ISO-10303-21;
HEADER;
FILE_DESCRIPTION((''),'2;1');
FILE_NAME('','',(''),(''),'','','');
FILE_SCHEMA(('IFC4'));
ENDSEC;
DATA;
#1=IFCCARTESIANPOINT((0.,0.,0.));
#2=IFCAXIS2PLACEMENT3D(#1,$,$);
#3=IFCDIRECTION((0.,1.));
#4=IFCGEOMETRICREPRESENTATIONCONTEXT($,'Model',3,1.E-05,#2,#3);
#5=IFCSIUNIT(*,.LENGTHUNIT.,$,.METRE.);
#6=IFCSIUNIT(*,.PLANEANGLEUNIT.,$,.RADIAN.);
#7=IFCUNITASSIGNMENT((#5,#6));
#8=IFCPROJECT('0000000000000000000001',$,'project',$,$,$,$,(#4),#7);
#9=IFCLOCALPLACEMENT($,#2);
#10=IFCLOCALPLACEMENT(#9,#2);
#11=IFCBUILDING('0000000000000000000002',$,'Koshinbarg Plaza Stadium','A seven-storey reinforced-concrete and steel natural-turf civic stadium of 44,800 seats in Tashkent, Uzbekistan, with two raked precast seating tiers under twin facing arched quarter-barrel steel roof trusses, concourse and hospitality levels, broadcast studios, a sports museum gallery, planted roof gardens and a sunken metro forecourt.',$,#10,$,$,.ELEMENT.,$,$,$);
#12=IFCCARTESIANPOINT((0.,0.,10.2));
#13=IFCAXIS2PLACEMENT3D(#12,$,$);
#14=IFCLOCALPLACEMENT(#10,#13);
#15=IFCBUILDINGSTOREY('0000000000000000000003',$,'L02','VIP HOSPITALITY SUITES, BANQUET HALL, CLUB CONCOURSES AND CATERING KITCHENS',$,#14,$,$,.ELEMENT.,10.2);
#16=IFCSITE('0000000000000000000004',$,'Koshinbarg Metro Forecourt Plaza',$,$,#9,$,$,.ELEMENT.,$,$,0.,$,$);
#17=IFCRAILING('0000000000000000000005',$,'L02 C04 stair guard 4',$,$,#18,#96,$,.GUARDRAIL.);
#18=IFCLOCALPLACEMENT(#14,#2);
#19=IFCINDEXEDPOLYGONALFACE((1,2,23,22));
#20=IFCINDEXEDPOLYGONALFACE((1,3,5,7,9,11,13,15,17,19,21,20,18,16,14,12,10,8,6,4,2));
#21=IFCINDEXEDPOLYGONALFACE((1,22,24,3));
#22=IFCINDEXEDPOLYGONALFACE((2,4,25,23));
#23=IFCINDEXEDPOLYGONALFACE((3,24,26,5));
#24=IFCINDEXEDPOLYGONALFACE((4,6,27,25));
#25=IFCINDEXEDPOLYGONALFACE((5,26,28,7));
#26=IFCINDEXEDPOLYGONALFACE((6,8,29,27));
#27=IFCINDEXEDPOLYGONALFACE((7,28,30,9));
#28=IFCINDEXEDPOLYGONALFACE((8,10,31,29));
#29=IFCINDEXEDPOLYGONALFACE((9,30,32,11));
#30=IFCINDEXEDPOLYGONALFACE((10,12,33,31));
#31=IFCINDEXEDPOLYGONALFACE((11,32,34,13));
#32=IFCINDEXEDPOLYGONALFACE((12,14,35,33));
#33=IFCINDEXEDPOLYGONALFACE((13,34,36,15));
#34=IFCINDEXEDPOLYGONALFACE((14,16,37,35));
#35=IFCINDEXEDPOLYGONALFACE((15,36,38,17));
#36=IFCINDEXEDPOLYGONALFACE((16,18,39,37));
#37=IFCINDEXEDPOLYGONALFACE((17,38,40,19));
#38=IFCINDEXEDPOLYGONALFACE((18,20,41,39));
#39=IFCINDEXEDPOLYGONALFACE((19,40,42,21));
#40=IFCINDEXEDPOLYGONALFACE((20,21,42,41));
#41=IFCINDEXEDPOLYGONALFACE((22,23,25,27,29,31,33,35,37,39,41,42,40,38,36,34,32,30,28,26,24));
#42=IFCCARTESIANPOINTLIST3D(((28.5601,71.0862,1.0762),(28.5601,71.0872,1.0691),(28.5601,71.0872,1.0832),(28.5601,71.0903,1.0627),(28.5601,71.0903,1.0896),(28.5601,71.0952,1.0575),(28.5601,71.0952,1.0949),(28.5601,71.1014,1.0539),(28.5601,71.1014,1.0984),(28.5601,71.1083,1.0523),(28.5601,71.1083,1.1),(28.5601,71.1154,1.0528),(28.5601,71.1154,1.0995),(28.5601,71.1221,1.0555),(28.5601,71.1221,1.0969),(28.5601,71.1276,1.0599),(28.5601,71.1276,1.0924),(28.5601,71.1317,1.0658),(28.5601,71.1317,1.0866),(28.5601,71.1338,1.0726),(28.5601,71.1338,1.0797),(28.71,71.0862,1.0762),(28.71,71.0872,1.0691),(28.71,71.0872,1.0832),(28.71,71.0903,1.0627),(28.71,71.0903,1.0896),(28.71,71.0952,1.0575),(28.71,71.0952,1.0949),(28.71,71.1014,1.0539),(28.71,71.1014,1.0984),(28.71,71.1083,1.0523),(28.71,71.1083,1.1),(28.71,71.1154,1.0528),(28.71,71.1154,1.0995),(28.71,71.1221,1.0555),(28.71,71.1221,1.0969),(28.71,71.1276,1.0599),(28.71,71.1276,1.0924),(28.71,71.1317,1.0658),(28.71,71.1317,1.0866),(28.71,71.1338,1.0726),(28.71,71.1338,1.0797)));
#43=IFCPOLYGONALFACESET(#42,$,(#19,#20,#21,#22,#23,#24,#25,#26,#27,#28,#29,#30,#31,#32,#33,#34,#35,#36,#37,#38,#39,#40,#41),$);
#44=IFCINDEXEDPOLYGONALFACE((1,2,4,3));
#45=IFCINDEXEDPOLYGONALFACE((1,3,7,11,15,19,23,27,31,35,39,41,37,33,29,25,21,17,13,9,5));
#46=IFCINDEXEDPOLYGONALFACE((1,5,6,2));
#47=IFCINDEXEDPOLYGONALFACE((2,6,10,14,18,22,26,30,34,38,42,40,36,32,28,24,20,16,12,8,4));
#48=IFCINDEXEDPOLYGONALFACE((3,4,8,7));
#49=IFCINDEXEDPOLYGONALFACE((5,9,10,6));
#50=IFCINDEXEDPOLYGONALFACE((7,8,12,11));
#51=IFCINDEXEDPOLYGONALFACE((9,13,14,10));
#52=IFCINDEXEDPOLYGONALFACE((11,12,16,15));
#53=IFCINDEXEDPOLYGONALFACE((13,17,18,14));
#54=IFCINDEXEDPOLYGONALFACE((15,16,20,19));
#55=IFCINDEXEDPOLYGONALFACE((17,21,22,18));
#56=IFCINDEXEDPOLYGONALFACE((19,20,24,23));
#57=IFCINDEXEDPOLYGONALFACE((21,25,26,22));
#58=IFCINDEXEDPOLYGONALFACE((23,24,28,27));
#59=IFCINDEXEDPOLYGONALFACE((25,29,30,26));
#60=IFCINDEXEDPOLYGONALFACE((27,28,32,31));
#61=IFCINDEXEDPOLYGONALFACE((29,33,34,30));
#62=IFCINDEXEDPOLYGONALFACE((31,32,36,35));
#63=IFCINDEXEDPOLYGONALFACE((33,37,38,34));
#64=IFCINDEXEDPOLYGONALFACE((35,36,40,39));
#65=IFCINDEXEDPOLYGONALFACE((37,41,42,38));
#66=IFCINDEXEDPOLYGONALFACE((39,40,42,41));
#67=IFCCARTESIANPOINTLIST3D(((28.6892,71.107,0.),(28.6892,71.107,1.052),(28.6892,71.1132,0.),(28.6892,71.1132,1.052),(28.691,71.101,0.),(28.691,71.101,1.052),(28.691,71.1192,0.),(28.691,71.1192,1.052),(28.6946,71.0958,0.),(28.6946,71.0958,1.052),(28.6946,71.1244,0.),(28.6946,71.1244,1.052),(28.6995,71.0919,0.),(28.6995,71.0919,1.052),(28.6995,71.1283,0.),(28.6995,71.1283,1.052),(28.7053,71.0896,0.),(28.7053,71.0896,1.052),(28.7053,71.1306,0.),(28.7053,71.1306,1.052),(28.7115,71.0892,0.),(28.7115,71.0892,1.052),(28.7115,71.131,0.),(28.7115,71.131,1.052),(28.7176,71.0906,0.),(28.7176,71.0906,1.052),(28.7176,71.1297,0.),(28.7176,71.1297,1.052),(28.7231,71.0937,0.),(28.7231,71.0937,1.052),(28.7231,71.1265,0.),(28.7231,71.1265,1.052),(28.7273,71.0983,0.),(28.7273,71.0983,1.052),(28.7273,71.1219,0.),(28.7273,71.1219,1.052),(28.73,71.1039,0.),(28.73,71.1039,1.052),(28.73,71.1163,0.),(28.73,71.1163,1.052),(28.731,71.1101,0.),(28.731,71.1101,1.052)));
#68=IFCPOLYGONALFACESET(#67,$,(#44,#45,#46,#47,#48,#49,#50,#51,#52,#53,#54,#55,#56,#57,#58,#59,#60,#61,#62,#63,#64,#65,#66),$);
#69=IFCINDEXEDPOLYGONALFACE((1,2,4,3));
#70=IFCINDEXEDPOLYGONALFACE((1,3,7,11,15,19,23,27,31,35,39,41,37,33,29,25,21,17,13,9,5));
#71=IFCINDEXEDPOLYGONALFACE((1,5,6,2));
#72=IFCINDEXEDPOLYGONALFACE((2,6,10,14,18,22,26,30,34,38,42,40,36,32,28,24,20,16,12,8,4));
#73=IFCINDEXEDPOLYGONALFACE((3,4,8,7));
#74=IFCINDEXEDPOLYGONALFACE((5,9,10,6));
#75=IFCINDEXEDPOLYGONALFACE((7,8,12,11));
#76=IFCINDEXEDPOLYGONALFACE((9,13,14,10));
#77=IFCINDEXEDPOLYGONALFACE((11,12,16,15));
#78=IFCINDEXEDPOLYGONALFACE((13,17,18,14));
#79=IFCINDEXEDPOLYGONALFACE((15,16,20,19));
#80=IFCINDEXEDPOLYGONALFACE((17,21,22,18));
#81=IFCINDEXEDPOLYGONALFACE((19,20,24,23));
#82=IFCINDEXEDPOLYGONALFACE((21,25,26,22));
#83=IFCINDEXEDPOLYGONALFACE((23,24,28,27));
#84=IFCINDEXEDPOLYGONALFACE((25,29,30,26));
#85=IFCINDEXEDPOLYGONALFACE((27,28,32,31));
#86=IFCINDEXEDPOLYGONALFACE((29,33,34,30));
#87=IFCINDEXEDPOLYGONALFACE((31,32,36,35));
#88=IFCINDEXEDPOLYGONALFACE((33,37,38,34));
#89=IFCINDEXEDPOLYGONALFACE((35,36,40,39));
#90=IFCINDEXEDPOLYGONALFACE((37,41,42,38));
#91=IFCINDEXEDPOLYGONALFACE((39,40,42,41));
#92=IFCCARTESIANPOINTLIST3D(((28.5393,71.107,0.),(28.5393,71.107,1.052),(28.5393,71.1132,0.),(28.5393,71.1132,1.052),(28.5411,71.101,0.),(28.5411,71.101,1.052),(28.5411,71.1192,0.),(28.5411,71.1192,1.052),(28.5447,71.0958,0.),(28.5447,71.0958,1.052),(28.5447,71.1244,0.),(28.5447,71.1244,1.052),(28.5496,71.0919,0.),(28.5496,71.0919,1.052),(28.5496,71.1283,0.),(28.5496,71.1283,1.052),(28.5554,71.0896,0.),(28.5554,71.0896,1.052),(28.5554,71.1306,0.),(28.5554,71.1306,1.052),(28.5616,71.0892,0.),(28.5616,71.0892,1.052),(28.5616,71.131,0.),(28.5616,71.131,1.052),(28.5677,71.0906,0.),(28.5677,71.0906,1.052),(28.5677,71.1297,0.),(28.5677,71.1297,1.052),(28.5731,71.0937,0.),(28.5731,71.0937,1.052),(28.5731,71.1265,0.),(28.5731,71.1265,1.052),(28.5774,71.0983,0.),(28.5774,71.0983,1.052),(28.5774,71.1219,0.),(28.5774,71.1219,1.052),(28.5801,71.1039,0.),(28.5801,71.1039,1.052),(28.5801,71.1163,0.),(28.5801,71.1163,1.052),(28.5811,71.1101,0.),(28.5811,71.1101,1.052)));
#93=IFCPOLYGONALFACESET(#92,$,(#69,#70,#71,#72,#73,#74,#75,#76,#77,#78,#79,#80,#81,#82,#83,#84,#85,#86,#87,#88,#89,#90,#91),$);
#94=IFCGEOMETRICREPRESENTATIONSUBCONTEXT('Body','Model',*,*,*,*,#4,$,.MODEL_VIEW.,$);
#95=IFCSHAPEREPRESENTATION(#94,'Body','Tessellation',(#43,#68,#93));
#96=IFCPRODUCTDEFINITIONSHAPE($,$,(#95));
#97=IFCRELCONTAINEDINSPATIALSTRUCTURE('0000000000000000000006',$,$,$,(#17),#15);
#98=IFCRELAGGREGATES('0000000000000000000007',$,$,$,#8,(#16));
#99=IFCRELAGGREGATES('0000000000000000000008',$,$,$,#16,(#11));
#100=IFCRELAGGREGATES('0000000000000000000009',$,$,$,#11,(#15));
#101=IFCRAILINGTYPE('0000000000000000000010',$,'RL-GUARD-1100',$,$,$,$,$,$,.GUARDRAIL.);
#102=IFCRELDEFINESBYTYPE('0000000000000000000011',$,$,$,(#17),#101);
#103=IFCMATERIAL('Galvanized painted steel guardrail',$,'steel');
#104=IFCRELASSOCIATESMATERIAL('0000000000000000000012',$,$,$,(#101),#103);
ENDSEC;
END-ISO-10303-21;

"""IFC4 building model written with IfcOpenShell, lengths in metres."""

from ifc_helpers import new_model, si_unit, direction, frame, origin, origin_2d, place, context, subcontext, project, spatial, circle, extrude, material, type_object, element, save


model = new_model("IFC4")

# Units and contexts
model_context = context("Model", 3, precision=1e-05, world=origin(), true_north=direction((0.0, 1.0)))
body_context = subcontext(model_context, "Body", "Model", "MODEL_VIEW")
ifc_project = project(units=[si_unit("LENGTHUNIT", "METRE"), si_unit("PLANEANGLEUNIT", "RADIAN")], contexts=[model_context])

# Site, building, storey
site_placement = place(None, origin())
site = spatial("IfcSite", under=ifc_project, at=site_placement, Name="Koshinbarg Metro Forecourt Plaza", CompositionType="ELEMENT", RefElevation=0.0)
building_placement = place(site_placement, origin())
building = spatial("IfcBuilding", under=site, at=building_placement, Name="Koshinbarg Plaza Stadium", Description="A seven-storey reinforced-concrete and steel natural-turf civic stadium of 44,800 seats in Tashkent, Uzbekistan, with two raked precast seating tiers under twin facing arched quarter-barrel steel roof trusses, concourse and hospitality levels, broadcast studios, a sports museum gallery, planted roof gardens and a sunken metro forecourt.", CompositionType="ELEMENT")
storey_placement = place(building_placement, frame((0.0, 0.0, 10.2)))
storey = spatial("IfcBuildingStorey", under=building, at=storey_placement, Name="L02", Description="VIP HOSPITALITY SUITES, BANQUET HALL, CLUB CONCOURSES AND CATERING KITCHENS", CompositionType="ELEMENT", Elevation=10.2)

# Railing
ifc_material_1 = material(Name="Galvanized painted steel guardrail", Category="steel")
railing_type_1 = type_object("IfcRailingType", Name="RL-GUARD-1100", PredefinedType="GUARDRAIL", material=ifc_material_1)
railing_1_placement = place(storey_placement, frame((28.71, 71.1101, 0.0)))
element("IfcRailing", 1, at=railing_1_placement, inside=storey, type_object=railing_type_1, Name="L02 C04 stair guard 4", PredefinedType="GUARDRAIL", context=body_context, shape_type="SweptSolid", body=[
    extrude(circle(Radius=0.0239, at=origin_2d()), frame((0.0, 0.0, 1.0762), z_axis=(-1.0, 0.0, 0.0), x_axis=(0.0, -1.0, 0.0)), (0.0, 0.0, 1.0), 0.1499),
    extrude(circle(Radius=0.021, at=origin_2d()), origin(), (0.0, 0.0, 1.0), 1.052),
    extrude(circle(Radius=0.021, at=origin_2d()), frame((-0.1499, 0.0, 0.0)), (0.0, 0.0, 1.0), 1.052),
])

save(model, "model.ifc")
